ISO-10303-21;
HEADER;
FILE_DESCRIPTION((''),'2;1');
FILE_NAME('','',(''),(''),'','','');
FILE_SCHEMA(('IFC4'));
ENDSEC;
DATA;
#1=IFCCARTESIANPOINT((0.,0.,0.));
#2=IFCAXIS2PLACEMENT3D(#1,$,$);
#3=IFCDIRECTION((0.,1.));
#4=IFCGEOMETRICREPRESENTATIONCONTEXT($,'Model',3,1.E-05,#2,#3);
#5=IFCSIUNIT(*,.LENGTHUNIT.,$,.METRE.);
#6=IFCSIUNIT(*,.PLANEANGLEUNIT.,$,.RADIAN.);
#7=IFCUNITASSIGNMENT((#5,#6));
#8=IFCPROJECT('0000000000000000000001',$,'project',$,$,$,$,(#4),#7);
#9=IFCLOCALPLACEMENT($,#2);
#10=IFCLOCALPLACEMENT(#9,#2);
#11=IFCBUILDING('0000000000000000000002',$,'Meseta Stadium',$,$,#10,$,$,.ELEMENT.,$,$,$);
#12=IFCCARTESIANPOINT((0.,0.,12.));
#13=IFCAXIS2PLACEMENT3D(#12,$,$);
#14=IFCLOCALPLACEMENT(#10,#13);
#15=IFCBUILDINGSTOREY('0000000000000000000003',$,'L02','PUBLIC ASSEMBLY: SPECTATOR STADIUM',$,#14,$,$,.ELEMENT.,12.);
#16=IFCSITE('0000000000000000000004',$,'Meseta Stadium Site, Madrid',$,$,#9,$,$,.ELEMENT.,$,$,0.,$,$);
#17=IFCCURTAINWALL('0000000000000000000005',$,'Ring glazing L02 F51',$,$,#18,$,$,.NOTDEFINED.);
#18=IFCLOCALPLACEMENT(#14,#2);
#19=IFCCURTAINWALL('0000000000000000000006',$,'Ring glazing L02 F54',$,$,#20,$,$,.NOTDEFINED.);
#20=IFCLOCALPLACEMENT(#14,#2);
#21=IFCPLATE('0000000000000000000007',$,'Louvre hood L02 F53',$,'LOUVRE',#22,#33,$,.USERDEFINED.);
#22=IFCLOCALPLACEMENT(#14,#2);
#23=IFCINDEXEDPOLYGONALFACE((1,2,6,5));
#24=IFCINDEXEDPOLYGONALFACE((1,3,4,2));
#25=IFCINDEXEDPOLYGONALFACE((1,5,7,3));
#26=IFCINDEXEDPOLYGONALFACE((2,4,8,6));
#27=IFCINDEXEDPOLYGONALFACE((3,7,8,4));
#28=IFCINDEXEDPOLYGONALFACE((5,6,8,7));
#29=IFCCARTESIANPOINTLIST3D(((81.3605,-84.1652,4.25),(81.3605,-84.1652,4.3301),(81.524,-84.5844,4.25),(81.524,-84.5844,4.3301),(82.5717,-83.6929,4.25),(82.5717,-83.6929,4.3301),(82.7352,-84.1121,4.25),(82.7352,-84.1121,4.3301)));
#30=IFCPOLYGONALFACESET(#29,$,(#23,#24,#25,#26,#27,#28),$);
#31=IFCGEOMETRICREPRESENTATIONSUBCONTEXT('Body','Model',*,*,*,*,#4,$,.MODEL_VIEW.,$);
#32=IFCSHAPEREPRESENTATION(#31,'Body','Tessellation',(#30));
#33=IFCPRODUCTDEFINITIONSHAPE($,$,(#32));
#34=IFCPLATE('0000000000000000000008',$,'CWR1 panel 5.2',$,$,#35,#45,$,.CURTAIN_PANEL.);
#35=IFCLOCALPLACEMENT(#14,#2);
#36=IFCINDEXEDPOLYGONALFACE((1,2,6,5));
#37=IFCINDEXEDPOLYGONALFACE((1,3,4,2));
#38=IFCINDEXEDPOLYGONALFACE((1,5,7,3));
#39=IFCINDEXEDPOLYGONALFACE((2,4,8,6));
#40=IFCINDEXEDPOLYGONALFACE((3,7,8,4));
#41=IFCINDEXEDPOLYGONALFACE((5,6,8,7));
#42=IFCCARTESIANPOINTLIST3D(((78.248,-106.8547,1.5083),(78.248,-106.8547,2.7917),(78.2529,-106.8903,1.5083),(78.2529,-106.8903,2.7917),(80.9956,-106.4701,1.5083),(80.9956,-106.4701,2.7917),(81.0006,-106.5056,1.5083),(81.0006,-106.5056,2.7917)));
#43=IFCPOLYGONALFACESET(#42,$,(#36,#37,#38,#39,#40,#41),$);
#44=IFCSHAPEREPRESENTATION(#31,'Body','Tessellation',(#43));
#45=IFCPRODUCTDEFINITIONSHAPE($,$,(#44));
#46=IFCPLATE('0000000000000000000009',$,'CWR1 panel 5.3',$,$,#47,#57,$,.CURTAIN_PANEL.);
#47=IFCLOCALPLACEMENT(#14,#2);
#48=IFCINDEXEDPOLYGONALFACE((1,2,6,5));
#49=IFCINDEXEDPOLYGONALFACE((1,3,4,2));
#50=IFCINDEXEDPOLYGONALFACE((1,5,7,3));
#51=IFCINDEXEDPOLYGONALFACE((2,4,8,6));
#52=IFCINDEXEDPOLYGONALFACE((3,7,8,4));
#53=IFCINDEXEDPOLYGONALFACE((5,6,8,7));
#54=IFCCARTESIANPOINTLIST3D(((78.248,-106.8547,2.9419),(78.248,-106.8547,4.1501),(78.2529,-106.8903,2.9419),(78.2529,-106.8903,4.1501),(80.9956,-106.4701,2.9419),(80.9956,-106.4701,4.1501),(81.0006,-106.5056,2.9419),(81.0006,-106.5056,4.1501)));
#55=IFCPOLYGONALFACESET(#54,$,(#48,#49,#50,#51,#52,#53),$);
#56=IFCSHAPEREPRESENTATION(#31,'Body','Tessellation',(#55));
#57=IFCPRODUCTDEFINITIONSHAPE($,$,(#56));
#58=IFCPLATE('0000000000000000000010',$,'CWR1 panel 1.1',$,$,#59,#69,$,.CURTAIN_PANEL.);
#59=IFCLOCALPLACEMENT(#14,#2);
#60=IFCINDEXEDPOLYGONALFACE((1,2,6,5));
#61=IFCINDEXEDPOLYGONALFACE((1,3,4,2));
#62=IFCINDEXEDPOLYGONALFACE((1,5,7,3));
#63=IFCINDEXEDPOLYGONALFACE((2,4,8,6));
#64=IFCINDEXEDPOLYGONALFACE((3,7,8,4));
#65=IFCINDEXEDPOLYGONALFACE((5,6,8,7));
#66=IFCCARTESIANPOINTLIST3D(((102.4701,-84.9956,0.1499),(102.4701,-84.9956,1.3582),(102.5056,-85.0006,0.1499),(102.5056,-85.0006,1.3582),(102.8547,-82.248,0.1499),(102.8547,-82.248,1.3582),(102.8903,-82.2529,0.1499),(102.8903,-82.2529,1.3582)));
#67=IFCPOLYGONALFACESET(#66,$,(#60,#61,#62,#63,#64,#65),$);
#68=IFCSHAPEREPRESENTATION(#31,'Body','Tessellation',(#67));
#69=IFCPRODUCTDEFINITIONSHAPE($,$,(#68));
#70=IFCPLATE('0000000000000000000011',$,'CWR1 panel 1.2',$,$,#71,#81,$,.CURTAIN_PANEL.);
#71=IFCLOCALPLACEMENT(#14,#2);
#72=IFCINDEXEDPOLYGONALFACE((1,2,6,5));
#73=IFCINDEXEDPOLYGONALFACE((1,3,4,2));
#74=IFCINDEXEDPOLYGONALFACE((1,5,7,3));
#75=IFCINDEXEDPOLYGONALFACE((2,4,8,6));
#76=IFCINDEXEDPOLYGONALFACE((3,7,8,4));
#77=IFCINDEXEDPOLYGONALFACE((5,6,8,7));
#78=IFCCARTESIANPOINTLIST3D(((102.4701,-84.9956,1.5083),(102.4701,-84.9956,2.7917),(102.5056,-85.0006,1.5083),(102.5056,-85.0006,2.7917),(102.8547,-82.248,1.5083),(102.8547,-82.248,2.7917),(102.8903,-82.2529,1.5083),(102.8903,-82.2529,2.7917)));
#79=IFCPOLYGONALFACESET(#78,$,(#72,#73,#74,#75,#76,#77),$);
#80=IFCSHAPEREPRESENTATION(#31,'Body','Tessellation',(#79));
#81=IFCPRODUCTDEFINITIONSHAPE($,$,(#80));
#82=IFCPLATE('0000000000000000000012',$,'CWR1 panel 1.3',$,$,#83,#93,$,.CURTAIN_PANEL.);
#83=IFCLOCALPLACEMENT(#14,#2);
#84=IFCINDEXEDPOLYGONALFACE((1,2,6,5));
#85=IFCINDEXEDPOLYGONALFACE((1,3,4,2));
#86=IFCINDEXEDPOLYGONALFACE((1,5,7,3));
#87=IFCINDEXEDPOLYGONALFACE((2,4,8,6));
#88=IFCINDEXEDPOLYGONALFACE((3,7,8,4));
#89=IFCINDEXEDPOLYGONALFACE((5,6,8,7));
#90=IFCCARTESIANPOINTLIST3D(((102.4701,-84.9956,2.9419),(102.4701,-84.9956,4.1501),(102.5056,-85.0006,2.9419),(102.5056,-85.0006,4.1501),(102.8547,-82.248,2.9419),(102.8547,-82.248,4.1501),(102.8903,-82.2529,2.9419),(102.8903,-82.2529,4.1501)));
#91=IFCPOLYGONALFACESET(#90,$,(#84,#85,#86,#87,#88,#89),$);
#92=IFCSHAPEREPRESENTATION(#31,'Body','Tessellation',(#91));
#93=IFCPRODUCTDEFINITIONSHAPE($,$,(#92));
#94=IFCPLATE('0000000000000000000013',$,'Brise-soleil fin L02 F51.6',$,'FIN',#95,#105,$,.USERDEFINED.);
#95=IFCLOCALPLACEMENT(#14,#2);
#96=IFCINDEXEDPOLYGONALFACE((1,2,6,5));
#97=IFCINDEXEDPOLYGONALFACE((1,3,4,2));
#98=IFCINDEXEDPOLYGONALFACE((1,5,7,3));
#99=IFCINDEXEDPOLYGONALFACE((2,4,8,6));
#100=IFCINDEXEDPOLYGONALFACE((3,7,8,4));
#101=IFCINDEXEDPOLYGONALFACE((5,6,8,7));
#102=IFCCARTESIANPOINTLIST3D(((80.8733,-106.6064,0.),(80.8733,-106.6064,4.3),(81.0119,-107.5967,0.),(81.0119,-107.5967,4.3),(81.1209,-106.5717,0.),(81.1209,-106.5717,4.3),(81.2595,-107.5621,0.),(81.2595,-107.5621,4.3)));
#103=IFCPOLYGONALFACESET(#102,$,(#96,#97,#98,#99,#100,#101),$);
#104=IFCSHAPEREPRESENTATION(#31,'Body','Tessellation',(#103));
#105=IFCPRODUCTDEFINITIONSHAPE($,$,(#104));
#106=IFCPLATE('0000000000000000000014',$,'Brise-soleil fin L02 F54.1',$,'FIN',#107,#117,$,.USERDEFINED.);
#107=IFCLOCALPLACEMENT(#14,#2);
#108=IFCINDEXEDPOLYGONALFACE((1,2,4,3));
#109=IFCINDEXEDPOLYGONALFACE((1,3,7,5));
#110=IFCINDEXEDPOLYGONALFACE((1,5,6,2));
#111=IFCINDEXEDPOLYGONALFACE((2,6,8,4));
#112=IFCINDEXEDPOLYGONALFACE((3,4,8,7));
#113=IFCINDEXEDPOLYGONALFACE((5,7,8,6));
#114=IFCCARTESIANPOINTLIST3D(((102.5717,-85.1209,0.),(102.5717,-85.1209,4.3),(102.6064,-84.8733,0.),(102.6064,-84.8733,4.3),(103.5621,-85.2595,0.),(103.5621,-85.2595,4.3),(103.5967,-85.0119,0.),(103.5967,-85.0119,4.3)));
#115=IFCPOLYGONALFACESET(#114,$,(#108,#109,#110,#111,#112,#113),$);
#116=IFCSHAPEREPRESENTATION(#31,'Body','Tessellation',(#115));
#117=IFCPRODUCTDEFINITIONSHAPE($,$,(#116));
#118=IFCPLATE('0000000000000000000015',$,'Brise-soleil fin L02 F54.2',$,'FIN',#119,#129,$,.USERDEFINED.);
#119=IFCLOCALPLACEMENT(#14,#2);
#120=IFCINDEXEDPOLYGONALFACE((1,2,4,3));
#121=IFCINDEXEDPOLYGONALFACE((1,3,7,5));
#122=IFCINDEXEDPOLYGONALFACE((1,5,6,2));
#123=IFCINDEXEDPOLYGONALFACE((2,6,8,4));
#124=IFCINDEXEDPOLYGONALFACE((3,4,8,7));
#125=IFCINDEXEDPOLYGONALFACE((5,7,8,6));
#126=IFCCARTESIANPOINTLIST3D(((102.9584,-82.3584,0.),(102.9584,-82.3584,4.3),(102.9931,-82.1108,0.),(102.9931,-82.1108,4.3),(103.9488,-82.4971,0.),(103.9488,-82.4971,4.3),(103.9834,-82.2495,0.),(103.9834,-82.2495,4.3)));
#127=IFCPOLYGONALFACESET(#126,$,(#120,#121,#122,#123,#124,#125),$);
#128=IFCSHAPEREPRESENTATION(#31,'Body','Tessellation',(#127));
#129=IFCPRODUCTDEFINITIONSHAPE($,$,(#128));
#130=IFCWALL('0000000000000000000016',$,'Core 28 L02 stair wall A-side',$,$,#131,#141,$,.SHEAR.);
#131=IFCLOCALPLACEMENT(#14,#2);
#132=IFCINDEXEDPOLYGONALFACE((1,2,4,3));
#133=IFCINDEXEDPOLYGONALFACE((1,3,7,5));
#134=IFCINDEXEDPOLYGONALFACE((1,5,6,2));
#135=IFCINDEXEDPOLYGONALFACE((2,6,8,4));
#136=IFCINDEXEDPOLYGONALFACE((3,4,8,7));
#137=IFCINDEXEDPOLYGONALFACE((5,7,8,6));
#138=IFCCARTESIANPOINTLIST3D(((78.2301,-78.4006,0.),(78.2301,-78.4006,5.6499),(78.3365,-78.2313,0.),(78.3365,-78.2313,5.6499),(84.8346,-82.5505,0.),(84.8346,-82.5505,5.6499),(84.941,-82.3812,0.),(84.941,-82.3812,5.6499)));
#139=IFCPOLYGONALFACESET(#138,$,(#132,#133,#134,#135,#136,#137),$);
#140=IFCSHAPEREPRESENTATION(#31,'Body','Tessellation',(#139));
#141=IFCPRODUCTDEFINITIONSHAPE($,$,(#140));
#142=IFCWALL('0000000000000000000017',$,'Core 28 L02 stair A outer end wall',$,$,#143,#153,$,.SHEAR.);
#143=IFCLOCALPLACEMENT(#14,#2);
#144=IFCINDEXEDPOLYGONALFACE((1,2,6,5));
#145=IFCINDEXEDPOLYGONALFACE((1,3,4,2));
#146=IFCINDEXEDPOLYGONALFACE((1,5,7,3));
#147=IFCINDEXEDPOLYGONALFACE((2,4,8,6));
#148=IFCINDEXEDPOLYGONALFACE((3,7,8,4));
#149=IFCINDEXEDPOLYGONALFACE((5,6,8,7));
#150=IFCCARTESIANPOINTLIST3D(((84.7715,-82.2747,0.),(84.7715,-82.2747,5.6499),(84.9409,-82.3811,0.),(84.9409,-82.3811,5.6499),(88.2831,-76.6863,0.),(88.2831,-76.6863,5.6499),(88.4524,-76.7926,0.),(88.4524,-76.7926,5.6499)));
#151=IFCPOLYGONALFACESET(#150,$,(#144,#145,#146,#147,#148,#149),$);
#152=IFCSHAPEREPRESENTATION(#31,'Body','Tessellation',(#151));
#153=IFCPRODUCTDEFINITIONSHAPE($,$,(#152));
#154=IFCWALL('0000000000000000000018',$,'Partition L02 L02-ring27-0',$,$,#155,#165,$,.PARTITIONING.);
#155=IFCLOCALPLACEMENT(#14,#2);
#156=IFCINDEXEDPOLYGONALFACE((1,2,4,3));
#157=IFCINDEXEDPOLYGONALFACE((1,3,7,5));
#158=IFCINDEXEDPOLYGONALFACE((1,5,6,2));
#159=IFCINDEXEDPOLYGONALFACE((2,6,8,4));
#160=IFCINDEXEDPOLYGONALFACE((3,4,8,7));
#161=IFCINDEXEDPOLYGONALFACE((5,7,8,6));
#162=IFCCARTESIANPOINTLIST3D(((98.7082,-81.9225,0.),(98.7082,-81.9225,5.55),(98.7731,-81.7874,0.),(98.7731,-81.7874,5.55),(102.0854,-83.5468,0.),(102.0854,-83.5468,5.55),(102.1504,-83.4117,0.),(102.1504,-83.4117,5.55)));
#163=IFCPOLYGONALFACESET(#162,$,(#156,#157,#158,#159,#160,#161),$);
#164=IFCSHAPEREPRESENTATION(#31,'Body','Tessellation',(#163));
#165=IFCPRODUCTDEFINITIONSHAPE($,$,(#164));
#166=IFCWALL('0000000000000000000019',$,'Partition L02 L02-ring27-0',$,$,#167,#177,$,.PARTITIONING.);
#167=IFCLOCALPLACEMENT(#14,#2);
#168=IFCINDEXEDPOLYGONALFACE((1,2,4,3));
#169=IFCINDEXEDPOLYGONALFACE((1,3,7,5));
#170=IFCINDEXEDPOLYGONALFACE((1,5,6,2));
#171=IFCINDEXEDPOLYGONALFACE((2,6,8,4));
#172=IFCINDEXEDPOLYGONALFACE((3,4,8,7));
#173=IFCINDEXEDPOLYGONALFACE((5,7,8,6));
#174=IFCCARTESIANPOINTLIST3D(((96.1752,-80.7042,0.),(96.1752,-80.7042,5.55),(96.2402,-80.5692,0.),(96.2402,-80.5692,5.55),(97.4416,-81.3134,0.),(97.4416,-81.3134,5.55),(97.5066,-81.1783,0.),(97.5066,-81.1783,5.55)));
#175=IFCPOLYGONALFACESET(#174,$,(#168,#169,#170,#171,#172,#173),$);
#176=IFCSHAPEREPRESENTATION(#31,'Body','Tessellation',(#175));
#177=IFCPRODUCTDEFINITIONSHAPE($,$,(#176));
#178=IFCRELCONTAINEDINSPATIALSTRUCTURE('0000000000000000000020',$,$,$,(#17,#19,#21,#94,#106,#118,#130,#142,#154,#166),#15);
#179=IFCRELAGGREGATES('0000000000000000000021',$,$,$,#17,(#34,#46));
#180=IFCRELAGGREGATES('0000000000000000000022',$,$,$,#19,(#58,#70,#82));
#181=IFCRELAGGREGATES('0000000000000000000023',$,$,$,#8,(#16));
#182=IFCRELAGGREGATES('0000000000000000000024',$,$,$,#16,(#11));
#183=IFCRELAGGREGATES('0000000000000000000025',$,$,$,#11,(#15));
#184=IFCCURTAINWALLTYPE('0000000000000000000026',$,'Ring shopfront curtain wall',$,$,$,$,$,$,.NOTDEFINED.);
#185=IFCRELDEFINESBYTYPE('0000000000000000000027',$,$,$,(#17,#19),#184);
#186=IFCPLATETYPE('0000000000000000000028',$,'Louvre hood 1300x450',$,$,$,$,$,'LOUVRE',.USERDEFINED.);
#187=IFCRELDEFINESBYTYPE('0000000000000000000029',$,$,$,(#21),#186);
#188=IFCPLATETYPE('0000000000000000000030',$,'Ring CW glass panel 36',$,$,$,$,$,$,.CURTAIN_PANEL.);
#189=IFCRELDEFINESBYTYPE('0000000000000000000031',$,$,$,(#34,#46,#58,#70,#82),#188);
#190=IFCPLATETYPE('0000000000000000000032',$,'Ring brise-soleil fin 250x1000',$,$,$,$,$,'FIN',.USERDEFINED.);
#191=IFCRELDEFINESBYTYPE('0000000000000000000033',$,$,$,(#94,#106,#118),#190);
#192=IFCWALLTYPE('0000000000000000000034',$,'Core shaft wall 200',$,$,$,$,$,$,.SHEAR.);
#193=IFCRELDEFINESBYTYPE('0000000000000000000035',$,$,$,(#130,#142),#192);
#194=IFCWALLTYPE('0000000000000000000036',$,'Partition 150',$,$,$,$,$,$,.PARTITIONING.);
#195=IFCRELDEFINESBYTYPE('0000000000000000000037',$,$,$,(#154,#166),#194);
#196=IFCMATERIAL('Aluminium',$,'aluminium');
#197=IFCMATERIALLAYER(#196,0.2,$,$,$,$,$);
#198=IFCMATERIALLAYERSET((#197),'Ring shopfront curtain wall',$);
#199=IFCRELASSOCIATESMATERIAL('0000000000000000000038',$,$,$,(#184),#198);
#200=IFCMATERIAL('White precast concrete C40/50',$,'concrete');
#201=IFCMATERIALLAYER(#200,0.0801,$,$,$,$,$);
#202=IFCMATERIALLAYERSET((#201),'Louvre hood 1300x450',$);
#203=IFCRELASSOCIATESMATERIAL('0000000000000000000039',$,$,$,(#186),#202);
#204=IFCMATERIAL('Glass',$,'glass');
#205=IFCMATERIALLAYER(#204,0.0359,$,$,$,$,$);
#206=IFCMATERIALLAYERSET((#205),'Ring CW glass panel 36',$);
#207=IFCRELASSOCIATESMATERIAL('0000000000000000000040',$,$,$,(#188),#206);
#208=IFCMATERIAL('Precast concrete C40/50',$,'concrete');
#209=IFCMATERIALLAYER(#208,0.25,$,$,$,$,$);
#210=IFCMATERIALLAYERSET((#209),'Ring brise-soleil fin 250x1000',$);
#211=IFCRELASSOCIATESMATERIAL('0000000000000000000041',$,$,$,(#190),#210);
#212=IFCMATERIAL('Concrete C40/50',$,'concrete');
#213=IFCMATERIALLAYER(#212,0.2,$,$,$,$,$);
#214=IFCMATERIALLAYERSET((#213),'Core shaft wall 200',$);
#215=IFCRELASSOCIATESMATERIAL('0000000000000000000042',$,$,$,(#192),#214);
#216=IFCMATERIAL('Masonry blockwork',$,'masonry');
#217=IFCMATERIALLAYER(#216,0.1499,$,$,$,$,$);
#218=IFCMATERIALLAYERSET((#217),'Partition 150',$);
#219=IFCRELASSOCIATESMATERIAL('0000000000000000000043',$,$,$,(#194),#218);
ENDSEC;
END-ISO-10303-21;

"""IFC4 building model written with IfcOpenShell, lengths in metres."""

from ifc_helpers import new_model, si_unit, direction, frame, frame_2d, origin, origin_2d, place, context, subcontext, project, spatial, rectangle, extrude, material, layer, layer_set, type_object, element, aggregate, save


model = new_model("IFC4")

# Units and contexts
model_context = context("Model", 3, precision=1e-05, world=origin(), true_north=direction((0.0, 1.0)))
body_context = subcontext(model_context, "Body", "Model", "MODEL_VIEW")
ifc_project = project(units=[si_unit("LENGTHUNIT", "METRE"), si_unit("PLANEANGLEUNIT", "RADIAN")], contexts=[model_context])

# Site, building, storey
site_placement = place(None, origin())
site = spatial("IfcSite", under=ifc_project, at=site_placement, Name="Meseta Stadium Site, Madrid", CompositionType="ELEMENT", RefElevation=0.0)
building_placement = place(site_placement, origin())
building = spatial("IfcBuilding", under=site, at=building_placement, Name="Meseta Stadium", CompositionType="ELEMENT")
storey_placement = place(building_placement, frame((0.0, 0.0, 12.0)))
storey = spatial("IfcBuildingStorey", under=building, at=storey_placement, Name="L02", Description="PUBLIC ASSEMBLY: SPECTATOR STADIUM", CompositionType="ELEMENT", Elevation=12.0)

# Curtain wall
ifc_material_1 = material(Name="Aluminium", Category="aluminium")
ifc_layer_1 = layer(ifc_material_1, 0.2)
ifc_layer_set_1 = layer_set([ifc_layer_1], Name="Ring shopfront curtain wall")
curtain_wall_type = type_object("IfcCurtainWallType", Name="Ring shopfront curtain wall", PredefinedType="NOTDEFINED", material=ifc_layer_set_1)
curtain_wall_1_placement = place(storey_placement, origin())
curtain_wall_1 = element("IfcCurtainWall", 1, at=curtain_wall_1_placement, inside=storey, type_object=curtain_wall_type, Name="Ring glazing L02 F51", PredefinedType="NOTDEFINED")

# Curtain wall
curtain_wall_2_placement = place(storey_placement, origin())
curtain_wall_2 = element("IfcCurtainWall", 2, at=curtain_wall_2_placement, inside=storey, type_object=curtain_wall_type, Name="Ring glazing L02 F54", PredefinedType="NOTDEFINED")

# Plates
ifc_material_2 = material(Name="White precast concrete C40/50", Category="concrete")
ifc_layer_2 = layer(ifc_material_2, 0.0801)
ifc_layer_set_2 = layer_set([ifc_layer_2], Name="Louvre hood 1300x450")
plate_type_1 = type_object("IfcPlateType", Name="Louvre hood 1300x450", ElementType="LOUVRE", PredefinedType="USERDEFINED", material=ifc_layer_set_2)
plate_1_placement = place(storey_placement, frame((82.0479, -84.1387, 4.25), z_axis=(0.0, 0.0, 1.0), x_axis=(0.93168, 0.36328, 0.0)))
element("IfcPlate", 3, at=plate_1_placement, inside=storey, type_object=plate_type_1, Name="Louvre hood L02 F53", ObjectType="LOUVRE", PredefinedType="USERDEFINED", context=body_context, shape_type="SweptSolid", body=[
    extrude(rectangle(XDim=1.3, YDim=0.45, at=origin_2d()), origin(), (0.0, 0.0, 1.0), 0.0801),
])
ifc_material_3 = material(Name="Glass", Category="glass")
ifc_layer_3 = layer(ifc_material_3, 0.0359)
ifc_layer_set_3 = layer_set([ifc_layer_3], Name="Ring CW glass panel 36")
plate_type_2 = type_object("IfcPlateType", Name="Ring CW glass panel 36", PredefinedType="CURTAIN_PANEL", material=ifc_layer_set_3)
plate_2_placement = place(storey_placement, frame((79.6243, -106.6802, 1.5083), z_axis=(0.0, 0.0, 1.0), x_axis=(0.990342, 0.138643, 0.0)))
plate_2 = element("IfcPlate", 4, at=plate_2_placement, type_object=plate_type_2, Name="CWR1 panel 5.2", PredefinedType="CURTAIN_PANEL", context=body_context, shape_type="SweptSolid", body=[
    extrude(rectangle(XDim=2.7744, YDim=0.0359, at=origin_2d()), origin(), (0.0, 0.0, 1.0), 1.2834),
])
plate_3_placement = place(storey_placement, frame((79.6243, -106.6802, 2.9419), z_axis=(0.0, 0.0, 1.0), x_axis=(0.990342, 0.138643, 0.0)))
plate_3 = element("IfcPlate", 5, at=plate_3_placement, type_object=plate_type_2, Name="CWR1 panel 5.3", PredefinedType="CURTAIN_PANEL", context=body_context, shape_type="SweptSolid", body=[
    extrude(rectangle(XDim=2.7744, YDim=0.0359, at=origin_2d()), origin(), (0.0, 0.0, 1.0), 1.2083),
])
aggregate(curtain_wall_1, [plate_2, plate_3])
plate_4_placement = place(storey_placement, frame((102.6802, -83.6243, 0.1499), z_axis=(0.0, 0.0, 1.0), x_axis=(0.138643, 0.990342, 0.0)))
plate_4 = element("IfcPlate", 6, at=plate_4_placement, type_object=plate_type_2, Name="CWR1 panel 1.1", PredefinedType="CURTAIN_PANEL", context=body_context, shape_type="SweptSolid", body=[
    extrude(rectangle(XDim=2.7744, YDim=0.0359, at=origin_2d()), origin(), (0.0, 0.0, 1.0), 1.2083),
])
plate_5_placement = place(storey_placement, frame((102.6802, -83.6243, 1.5083), z_axis=(0.0, 0.0, 1.0), x_axis=(0.138643, 0.990342, 0.0)))
plate_5 = element("IfcPlate", 7, at=plate_5_placement, type_object=plate_type_2, Name="CWR1 panel 1.2", PredefinedType="CURTAIN_PANEL", context=body_context, shape_type="SweptSolid", body=[
    extrude(rectangle(XDim=2.7744, YDim=0.0359, at=origin_2d()), origin(), (0.0, 0.0, 1.0), 1.2834),
])
plate_6_placement = place(storey_placement, frame((102.6802, -83.6243, 2.9419), z_axis=(0.0, 0.0, 1.0), x_axis=(0.138643, 0.990342, 0.0)))
plate_6 = element("IfcPlate", 8, at=plate_6_placement, type_object=plate_type_2, Name="CWR1 panel 1.3", PredefinedType="CURTAIN_PANEL", context=body_context, shape_type="SweptSolid", body=[
    extrude(rectangle(XDim=2.7744, YDim=0.0359, at=origin_2d()), origin(), (0.0, 0.0, 1.0), 1.2083),
])
aggregate(curtain_wall_2, [plate_4, plate_5, plate_6])

# Plates
ifc_material_4 = material(Name="Precast concrete C40/50", Category="concrete")
ifc_layer_4 = layer(ifc_material_4, 0.25)
ifc_layer_set_4 = layer_set([ifc_layer_4], Name="Ring brise-soleil fin 250x1000")
plate_type_3 = type_object("IfcPlateType", Name="Ring brise-soleil fin 250x1000", ElementType="FIN", PredefinedType="USERDEFINED", material=ifc_layer_set_4)
for number, where, z_axis, x_axis, name in (
    (9, (81.0664, -107.0842, 0.0), (0.0, 0.0, 1.0), (0.990343, 0.138641, 0.0), "Brise-soleil fin L02 F51.6"),
    (10, (103.0842, -85.0664, 0.0), (0.0, 0.0, 1.0), (0.138641, 0.990343, 0.0), "Brise-soleil fin L02 F54.1"),
    (11, (103.4709, -82.304, 0.0), (0.0, 0.0, 1.0), (0.138641, 0.990343, 0.0), "Brise-soleil fin L02 F54.2"),
):
    element("IfcPlate", number, at=place(storey_placement, frame(where, z_axis=z_axis, x_axis=x_axis)), inside=storey, type_object=plate_type_3, Name=name, ObjectType="FIN", PredefinedType="USERDEFINED", context=body_context, shape_type="SweptSolid", body=[
        extrude(rectangle(XDim=0.25, YDim=1.0, at=origin_2d()), origin(), (0.0, 0.0, 1.0), 4.3),
    ])

# Walls
ifc_material_5 = material(Name="Concrete C40/50", Category="concrete")
ifc_layer_5 = layer(ifc_material_5, 0.2)
ifc_layer_set_5 = layer_set([ifc_layer_5], Name="Core shaft wall 200")
wall_type_1 = type_object("IfcWallType", Name="Core shaft wall 200", PredefinedType="SHEAR", material=ifc_layer_set_5)
wall_1_placement = place(storey_placement, frame((84.8877, -82.4658, 0.0), z_axis=(0.0, 0.0, 1.0), x_axis=(-0.846723, 0.532034, 0.0)))
element("IfcWall", 12, at=wall_1_placement, inside=storey, type_object=wall_type_1, Name="Core 28 L02 stair wall A-side", PredefinedType="SHEAR", context=body_context, shape_type="SweptSolid", body=[
    extrude(rectangle(XDim=7.8, YDim=0.2, at=frame_2d((3.8999, 0.0))), origin(), (0.0, 0.0, 1.0), 5.6499),
])
wall_2_placement = place(storey_placement, frame((84.8562, -82.3279, 0.0), z_axis=(0.0, 0.0, 1.0), x_axis=(0.532039, 0.84672, 0.0)))
element("IfcWall", 13, at=wall_2_placement, inside=storey, type_object=wall_type_1, Name="Core 28 L02 stair A outer end wall", PredefinedType="SHEAR", context=body_context, shape_type="SweptSolid", body=[
    extrude(rectangle(XDim=6.6001, YDim=0.2, at=frame_2d((3.3, 0.0))), origin(), (0.0, 0.0, 1.0), 5.6499),
])
ifc_material_6 = material(Name="Masonry blockwork", Category="masonry")
ifc_layer_6 = layer(ifc_material_6, 0.1499)
ifc_layer_set_6 = layer_set([ifc_layer_6], Name="Partition 150")
wall_type_2 = type_object("IfcWallType", Name="Partition 150", PredefinedType="PARTITIONING", material=ifc_layer_set_6)
wall_3_placement = place(storey_placement, frame((102.1179, -83.4792, 0.0), z_axis=(0.0, 0.0, 1.0), x_axis=(-0.901188, 0.433428, 0.0)))
element("IfcWall", 14, at=wall_3_placement, inside=storey, type_object=wall_type_2, Name="Partition L02 L02-ring27-0", PredefinedType="PARTITIONING", context=body_context, shape_type="SweptSolid", body=[
    extrude(rectangle(XDim=3.7476, YDim=0.1499, at=frame_2d((1.8738, 0.0))), origin(), (0.0, 0.0, 1.0), 5.55),
])
wall_4_placement = place(storey_placement, frame((97.4741, -81.2458, 0.0), z_axis=(0.0, 0.0, 1.0), x_axis=(-0.901168, 0.433471, 0.0)))
element("IfcWall", 15, at=wall_4_placement, inside=storey, type_object=wall_type_2, Name="Partition L02 L02-ring27-0", PredefinedType="PARTITIONING", context=body_context, shape_type="SweptSolid", body=[
    extrude(rectangle(XDim=1.4053, YDim=0.1499, at=frame_2d((0.7026, 0.0))), origin(), (0.0, 0.0, 1.0), 5.55),
])

save(model, "model.ifc")
